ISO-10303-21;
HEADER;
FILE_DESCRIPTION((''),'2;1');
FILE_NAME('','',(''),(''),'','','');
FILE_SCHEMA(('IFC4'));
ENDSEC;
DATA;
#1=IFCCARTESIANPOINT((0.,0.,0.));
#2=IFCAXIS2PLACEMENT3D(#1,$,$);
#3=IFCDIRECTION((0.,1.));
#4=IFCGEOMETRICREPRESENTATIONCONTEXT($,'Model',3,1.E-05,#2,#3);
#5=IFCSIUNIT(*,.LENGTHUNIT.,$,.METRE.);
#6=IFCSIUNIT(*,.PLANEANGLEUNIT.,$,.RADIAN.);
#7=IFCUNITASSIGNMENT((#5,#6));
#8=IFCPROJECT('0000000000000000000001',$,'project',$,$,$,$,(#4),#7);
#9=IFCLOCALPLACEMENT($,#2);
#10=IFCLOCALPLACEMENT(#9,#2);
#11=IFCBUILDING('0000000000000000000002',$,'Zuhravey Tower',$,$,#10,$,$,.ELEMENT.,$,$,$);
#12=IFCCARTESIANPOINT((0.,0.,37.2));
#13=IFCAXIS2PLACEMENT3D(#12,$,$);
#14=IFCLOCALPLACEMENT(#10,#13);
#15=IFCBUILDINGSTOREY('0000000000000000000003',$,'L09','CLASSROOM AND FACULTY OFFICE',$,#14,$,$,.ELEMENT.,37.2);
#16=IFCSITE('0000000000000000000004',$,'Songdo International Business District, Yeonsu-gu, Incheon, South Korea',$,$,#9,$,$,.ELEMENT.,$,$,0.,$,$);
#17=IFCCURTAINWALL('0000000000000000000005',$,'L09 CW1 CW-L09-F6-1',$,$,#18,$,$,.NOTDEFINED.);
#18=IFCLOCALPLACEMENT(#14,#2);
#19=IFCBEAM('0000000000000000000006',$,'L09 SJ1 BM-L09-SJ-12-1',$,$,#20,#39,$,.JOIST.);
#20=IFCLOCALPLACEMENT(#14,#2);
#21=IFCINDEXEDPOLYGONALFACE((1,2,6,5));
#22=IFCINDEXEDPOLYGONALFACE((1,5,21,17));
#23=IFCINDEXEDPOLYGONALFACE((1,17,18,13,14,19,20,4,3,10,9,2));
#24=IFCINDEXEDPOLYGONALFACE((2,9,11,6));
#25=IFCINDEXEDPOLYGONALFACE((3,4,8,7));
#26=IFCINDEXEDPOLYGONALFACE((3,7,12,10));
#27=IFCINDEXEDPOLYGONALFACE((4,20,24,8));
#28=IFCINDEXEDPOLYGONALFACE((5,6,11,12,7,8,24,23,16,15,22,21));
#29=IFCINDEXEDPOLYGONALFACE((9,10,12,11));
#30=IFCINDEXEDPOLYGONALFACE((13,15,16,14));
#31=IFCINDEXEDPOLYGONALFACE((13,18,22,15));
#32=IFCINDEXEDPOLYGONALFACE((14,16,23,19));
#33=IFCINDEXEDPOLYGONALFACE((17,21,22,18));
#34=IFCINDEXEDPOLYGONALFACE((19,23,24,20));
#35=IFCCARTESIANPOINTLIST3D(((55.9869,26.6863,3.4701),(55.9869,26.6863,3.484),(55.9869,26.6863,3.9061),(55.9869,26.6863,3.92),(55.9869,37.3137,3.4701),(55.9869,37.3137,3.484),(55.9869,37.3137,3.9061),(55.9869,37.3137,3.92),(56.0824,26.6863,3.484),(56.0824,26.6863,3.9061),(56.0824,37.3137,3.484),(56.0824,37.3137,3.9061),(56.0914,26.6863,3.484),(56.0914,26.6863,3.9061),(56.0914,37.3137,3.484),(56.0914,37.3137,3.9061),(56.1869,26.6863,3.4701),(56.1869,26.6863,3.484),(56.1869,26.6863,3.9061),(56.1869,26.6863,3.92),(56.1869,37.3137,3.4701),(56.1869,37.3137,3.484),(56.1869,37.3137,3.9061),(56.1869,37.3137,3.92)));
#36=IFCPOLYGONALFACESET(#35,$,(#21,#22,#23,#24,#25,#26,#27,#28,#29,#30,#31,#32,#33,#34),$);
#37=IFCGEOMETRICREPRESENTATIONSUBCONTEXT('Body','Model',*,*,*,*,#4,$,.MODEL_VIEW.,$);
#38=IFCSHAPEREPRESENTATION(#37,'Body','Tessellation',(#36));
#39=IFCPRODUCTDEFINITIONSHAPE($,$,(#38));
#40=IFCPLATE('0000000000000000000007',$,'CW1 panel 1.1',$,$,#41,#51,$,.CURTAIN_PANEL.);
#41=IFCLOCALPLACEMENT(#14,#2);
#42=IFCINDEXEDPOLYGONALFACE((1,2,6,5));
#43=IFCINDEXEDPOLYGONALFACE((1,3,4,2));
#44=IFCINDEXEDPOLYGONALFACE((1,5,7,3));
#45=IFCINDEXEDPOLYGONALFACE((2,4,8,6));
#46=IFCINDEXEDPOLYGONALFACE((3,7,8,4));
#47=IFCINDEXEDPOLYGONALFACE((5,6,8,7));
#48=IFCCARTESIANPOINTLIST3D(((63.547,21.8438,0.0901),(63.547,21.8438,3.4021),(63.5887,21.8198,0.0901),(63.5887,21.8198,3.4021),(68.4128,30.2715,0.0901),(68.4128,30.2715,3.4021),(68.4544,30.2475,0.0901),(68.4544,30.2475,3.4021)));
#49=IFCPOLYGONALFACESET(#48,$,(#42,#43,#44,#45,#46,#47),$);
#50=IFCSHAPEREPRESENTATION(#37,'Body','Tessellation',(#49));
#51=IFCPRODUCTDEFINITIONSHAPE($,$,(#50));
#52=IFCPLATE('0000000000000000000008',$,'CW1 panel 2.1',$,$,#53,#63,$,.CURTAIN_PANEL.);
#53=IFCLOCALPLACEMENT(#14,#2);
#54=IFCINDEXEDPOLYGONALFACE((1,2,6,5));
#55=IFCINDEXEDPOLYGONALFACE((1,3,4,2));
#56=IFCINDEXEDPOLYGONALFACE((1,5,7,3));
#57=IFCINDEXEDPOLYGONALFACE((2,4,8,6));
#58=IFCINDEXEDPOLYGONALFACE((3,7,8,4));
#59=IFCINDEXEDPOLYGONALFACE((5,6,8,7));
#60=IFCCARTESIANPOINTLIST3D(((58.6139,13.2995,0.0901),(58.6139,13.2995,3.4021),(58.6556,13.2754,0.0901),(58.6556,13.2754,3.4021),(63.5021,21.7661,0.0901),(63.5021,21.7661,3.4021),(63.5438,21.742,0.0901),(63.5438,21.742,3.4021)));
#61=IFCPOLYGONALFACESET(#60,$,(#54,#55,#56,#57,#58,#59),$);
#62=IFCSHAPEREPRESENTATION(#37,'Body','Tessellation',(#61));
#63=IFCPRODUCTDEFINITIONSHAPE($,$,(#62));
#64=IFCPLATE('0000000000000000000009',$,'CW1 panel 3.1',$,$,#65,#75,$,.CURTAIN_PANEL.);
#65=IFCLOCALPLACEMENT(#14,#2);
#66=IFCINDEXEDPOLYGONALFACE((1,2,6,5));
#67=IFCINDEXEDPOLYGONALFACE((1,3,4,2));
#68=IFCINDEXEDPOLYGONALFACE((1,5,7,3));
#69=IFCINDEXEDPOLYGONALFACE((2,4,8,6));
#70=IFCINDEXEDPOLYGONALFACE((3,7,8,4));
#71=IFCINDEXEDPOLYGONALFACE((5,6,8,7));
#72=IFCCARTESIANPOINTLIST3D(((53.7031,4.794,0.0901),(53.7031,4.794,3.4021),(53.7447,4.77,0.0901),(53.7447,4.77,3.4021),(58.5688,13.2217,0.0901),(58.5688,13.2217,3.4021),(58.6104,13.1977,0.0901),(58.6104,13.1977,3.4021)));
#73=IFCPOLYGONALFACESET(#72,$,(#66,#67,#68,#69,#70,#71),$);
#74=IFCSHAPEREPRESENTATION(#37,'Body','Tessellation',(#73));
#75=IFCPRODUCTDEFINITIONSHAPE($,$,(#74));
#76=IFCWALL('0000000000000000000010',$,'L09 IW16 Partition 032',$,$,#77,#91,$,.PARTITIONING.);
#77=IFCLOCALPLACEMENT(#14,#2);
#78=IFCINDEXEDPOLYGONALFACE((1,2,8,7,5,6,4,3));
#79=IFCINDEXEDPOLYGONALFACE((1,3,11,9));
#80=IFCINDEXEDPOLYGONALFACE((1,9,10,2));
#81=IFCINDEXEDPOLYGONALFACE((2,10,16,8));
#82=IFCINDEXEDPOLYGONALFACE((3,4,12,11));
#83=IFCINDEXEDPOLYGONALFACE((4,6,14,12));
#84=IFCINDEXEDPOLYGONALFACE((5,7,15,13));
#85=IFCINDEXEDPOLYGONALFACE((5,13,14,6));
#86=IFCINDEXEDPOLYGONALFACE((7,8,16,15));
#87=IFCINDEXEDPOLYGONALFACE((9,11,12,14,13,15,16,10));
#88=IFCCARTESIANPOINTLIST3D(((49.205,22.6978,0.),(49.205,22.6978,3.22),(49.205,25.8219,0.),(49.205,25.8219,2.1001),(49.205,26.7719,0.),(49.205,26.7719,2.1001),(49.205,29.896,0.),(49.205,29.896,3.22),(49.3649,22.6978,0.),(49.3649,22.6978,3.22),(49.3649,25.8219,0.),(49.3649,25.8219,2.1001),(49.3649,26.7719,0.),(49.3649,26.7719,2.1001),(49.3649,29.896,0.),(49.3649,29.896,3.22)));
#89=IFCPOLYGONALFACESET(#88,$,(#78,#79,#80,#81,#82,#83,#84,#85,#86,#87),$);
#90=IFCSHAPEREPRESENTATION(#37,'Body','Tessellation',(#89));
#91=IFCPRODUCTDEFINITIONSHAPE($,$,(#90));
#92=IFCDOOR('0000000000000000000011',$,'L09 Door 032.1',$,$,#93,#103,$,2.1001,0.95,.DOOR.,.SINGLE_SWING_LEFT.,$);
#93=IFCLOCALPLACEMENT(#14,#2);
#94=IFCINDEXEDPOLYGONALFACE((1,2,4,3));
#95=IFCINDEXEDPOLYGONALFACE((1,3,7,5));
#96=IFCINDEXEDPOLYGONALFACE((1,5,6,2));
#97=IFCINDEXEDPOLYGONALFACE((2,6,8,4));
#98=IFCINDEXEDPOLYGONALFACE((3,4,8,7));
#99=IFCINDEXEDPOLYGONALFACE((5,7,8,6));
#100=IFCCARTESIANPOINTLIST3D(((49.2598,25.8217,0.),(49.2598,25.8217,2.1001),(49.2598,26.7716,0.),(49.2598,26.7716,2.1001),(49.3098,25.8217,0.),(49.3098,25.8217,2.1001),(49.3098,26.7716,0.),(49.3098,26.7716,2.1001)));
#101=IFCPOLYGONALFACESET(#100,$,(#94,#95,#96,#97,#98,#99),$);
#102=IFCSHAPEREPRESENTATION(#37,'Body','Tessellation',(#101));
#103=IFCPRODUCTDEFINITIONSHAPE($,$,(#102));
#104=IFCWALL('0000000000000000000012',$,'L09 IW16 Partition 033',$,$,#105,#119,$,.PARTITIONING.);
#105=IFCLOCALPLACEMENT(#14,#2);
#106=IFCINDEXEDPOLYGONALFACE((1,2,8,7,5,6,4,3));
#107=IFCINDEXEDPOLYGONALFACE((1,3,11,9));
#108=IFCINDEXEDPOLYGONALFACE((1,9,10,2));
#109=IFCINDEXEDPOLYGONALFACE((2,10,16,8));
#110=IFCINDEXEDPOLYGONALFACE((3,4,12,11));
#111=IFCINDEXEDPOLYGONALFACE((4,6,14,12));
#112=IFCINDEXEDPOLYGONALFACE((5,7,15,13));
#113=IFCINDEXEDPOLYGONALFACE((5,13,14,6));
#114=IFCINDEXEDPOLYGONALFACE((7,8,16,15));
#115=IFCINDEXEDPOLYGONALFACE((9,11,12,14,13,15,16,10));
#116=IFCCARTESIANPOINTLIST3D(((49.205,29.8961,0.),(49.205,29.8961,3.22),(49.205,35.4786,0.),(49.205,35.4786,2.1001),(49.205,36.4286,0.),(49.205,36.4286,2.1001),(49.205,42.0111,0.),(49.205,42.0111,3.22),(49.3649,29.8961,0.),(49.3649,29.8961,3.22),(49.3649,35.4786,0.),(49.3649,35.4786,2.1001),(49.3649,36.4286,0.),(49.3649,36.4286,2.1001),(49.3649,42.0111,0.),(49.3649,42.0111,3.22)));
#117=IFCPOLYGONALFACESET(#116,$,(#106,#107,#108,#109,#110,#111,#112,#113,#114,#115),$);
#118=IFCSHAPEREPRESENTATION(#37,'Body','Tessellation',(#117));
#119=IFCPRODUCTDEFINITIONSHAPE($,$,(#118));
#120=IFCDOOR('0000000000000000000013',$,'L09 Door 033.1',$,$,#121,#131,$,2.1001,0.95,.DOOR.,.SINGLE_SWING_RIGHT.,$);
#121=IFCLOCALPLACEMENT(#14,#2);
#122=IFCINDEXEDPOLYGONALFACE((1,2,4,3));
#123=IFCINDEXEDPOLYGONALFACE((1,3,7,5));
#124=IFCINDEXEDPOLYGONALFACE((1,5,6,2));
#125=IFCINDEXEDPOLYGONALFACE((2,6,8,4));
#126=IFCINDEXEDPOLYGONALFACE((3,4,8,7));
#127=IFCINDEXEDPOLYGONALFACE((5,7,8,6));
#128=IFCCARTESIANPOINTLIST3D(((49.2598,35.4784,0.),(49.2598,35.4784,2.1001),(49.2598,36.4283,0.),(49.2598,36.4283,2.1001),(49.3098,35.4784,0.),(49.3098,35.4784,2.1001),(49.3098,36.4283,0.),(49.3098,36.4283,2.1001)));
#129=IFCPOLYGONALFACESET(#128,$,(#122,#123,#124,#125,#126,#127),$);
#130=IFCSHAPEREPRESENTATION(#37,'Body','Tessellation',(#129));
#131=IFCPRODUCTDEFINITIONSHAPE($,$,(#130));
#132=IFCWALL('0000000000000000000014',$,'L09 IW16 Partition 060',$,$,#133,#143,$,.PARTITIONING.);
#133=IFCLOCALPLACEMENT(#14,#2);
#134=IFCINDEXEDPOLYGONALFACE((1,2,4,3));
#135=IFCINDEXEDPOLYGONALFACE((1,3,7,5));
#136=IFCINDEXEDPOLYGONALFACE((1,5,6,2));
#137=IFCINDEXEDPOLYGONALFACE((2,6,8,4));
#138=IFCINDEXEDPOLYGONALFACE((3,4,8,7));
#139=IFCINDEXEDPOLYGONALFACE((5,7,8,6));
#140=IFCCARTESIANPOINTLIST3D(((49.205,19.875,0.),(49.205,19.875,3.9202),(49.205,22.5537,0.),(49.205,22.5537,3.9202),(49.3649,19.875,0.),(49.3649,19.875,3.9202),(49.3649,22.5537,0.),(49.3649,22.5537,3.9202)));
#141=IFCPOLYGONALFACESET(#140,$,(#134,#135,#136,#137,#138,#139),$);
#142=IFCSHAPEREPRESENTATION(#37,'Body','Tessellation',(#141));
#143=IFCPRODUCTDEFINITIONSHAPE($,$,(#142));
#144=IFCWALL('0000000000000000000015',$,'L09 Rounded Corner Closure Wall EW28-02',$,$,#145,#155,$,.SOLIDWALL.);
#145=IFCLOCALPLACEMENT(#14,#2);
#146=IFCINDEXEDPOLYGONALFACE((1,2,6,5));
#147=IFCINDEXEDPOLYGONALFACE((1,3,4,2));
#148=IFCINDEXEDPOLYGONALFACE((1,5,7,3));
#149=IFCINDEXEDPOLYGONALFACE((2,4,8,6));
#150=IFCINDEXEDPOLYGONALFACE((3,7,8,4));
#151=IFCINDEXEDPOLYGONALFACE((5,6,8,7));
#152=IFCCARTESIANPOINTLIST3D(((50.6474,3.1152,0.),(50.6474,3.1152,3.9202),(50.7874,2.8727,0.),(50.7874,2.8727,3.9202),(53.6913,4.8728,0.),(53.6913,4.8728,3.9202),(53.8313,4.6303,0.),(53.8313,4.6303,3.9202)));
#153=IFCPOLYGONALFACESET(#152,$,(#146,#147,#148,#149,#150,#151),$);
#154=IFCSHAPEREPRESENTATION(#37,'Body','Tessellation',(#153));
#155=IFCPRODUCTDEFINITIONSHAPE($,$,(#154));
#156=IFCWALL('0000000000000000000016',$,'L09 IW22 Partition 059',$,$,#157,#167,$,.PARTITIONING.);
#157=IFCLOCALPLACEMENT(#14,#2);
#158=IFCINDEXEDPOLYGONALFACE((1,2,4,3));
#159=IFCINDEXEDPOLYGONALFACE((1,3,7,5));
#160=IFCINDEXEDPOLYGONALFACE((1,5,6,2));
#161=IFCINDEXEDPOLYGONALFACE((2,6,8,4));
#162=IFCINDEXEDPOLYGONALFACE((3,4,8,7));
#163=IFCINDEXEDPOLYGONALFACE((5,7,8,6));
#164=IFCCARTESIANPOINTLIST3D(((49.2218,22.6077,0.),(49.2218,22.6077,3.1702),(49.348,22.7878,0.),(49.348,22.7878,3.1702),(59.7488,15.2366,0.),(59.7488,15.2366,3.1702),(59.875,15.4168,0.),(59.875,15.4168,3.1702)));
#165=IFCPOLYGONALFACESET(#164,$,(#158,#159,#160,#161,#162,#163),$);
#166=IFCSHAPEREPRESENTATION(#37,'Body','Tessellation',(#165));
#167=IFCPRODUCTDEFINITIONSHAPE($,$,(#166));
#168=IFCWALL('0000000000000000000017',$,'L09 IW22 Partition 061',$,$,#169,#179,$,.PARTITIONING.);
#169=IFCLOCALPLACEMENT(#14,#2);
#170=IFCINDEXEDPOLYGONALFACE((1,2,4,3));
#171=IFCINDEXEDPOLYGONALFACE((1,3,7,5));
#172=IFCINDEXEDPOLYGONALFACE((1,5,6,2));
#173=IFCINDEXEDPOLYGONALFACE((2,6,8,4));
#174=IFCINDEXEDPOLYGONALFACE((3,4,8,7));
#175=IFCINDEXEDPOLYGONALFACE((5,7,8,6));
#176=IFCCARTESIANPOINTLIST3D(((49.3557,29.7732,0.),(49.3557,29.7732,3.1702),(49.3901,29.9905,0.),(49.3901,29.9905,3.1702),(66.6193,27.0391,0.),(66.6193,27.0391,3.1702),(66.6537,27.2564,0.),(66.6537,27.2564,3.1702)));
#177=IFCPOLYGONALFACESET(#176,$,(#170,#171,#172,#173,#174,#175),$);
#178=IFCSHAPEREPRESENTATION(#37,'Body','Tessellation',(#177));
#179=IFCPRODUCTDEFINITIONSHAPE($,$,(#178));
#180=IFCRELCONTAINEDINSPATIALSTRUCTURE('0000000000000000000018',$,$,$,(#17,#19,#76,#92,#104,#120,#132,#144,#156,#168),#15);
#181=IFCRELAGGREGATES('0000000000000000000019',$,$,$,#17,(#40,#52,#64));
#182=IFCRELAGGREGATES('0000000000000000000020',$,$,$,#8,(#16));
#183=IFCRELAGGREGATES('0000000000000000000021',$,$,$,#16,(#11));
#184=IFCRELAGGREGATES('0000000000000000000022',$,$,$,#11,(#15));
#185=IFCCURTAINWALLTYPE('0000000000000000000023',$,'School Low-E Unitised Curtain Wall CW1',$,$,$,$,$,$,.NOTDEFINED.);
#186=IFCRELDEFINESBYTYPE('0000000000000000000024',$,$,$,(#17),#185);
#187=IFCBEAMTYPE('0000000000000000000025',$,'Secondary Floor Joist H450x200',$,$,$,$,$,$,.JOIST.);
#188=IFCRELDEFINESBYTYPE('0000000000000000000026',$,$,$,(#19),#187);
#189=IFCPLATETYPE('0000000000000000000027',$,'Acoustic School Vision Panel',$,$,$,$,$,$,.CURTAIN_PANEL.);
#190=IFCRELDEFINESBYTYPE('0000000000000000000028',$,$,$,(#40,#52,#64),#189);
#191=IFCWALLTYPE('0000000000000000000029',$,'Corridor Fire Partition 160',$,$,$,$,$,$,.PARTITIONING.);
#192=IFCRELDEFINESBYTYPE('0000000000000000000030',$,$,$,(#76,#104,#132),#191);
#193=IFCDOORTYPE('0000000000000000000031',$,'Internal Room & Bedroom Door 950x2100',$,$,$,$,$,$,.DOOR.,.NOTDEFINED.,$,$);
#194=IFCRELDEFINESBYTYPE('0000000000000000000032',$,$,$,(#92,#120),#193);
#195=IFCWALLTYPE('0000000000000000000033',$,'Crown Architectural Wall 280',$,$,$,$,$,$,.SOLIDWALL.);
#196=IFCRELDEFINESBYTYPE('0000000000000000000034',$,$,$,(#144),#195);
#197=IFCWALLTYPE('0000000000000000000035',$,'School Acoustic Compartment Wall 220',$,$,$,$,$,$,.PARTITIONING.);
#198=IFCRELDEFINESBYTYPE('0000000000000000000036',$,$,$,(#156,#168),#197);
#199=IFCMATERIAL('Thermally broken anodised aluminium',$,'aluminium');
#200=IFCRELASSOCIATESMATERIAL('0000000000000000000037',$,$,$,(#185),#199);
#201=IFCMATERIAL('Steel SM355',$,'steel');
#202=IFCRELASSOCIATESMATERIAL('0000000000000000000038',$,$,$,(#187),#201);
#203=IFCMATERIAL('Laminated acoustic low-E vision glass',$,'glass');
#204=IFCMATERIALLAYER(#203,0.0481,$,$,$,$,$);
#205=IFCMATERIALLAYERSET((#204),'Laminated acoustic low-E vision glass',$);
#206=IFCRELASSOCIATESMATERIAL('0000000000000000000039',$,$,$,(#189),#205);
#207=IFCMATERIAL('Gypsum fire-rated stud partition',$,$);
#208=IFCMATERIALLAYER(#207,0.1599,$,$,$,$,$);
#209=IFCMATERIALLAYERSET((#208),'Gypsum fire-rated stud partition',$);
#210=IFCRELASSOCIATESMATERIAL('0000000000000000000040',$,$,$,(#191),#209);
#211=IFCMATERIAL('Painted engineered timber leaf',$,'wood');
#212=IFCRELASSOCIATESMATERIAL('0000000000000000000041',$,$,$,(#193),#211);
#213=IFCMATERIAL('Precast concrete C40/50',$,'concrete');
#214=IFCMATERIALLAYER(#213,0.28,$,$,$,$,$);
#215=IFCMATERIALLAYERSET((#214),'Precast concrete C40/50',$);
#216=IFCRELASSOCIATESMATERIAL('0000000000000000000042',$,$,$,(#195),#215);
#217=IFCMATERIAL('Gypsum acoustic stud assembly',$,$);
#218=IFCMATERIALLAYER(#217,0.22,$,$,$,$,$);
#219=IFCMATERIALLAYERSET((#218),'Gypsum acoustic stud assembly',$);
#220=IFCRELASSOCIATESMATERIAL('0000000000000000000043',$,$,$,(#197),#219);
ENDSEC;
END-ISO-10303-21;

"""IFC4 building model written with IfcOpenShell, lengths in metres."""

from ifc_helpers import new_model, si_unit, direction, frame, frame_2d, origin, origin_2d, place, context, subcontext, project, spatial, rectangle, i_section, extrude, material, layer, layer_set, material_profile, profile_set, type_object, element, fill, aggregate, save


model = new_model("IFC4")

# Units and contexts
model_context = context("Model", 3, precision=1e-05, world=origin(), true_north=direction((0.0, 1.0)))
body_context = subcontext(model_context, "Body", "Model", "MODEL_VIEW")
ifc_project = project(units=[si_unit("LENGTHUNIT", "METRE"), si_unit("PLANEANGLEUNIT", "RADIAN")], contexts=[model_context])

# Site, building, storey
site_placement = place(None, origin())
site = spatial("IfcSite", under=ifc_project, at=site_placement, Name="Songdo International Business District, Yeonsu-gu, Incheon, South Korea", CompositionType="ELEMENT", RefElevation=0.0)
building_placement = place(site_placement, origin())
building = spatial("IfcBuilding", under=site, at=building_placement, Name="Zuhravey Tower", CompositionType="ELEMENT")
storey_placement = place(building_placement, frame((0.0, 0.0, 37.2)))
storey = spatial("IfcBuildingStorey", under=building, at=storey_placement, Name="L09", Description="CLASSROOM AND FACULTY OFFICE", CompositionType="ELEMENT", Elevation=37.2)

# Curtain wall
ifc_material_1 = material(Name="Thermally broken anodised aluminium", Category="aluminium")
curtain_wall_type = type_object("IfcCurtainWallType", Name="School Low-E Unitised Curtain Wall CW1", PredefinedType="NOTDEFINED", material=ifc_material_1)
curtain_wall_1_placement = place(storey_placement, origin())
curtain_wall_1 = element("IfcCurtainWall", 1, at=curtain_wall_1_placement, inside=storey, type_object=curtain_wall_type, Name="L09 CW1 CW-L09-F6-1", PredefinedType="NOTDEFINED")

# Beam
ifc_material_2 = material(Name="Steel SM355", Category="steel")
ifc_material_profile_1 = material_profile(ifc_material_2, i_section(OverallWidth=0.2, OverallDepth=0.45, WebThickness=0.009, FlangeThickness=0.0139, at=origin_2d()), Name="H-450x200x9x14")
ifc_profile_set_1 = profile_set([ifc_material_profile_1], Name="Steel SM355")
beam_type_1 = type_object("IfcBeamType", Name="Secondary Floor Joist H450x200", PredefinedType="JOIST", material=ifc_profile_set_1)
beam_1_placement = place(storey_placement, frame((56.0869, 26.6863, 3.6951), z_axis=(0.0, 1.0, 0.0), x_axis=(-1.0, 0.0, 0.0)))
element("IfcBeam", 2, at=beam_1_placement, inside=storey, type_object=beam_type_1, Name="L09 SJ1 BM-L09-SJ-12-1", PredefinedType="JOIST", context=body_context, shape_type="SweptSolid", body=[
    extrude(i_section(OverallWidth=0.2, OverallDepth=0.45, WebThickness=0.009, FlangeThickness=0.0139, at=origin_2d()), origin(), (0.0, 0.0, 1.0), 10.6274),
])

# Plates
ifc_material_3 = material(Name="Laminated acoustic low-E vision glass", Category="glass")
ifc_layer_1 = layer(ifc_material_3, 0.0481)
ifc_layer_set_1 = layer_set([ifc_layer_1], Name="Laminated acoustic low-E vision glass")
plate_type = type_object("IfcPlateType", Name="Acoustic School Vision Panel", PredefinedType="CURTAIN_PANEL", material=ifc_layer_set_1)
plate_1_placement = place(storey_placement, frame((66.0007, 26.0457, 0.0901), z_axis=(0.0, 0.0, 1.0), x_axis=(-0.5, -0.866026, 0.0)))
plate_1 = element("IfcPlate", 3, at=plate_1_placement, type_object=plate_type, Name="CW1 panel 1.1", PredefinedType="CURTAIN_PANEL", context=body_context, shape_type="SweptSolid", body=[
    extrude(rectangle(XDim=9.7314, YDim=0.0481, at=origin_2d()), origin(), (0.0, 0.0, 1.0), 3.312),
])
plate_2_placement = place(storey_placement, frame((61.0789, 17.5208, 0.0901), z_axis=(0.0, 0.0, 1.0), x_axis=(-0.5, -0.866026, 0.0)))
plate_2 = element("IfcPlate", 4, at=plate_2_placement, type_object=plate_type, Name="CW1 panel 2.1", PredefinedType="CURTAIN_PANEL", context=body_context, shape_type="SweptSolid", body=[
    extrude(rectangle(XDim=9.7764, YDim=0.0481, at=origin_2d()), origin(), (0.0, 0.0, 1.0), 3.312),
])
plate_3_placement = place(storey_placement, frame((56.1567, 8.9958, 0.0901), z_axis=(0.0, 0.0, 1.0), x_axis=(-0.5, -0.866026, 0.0)))
plate_3 = element("IfcPlate", 5, at=plate_3_placement, type_object=plate_type, Name="CW1 panel 3.1", PredefinedType="CURTAIN_PANEL", context=body_context, shape_type="SweptSolid", body=[
    extrude(rectangle(XDim=9.7314, YDim=0.0481, at=origin_2d()), origin(), (0.0, 0.0, 1.0), 3.312),
])
aggregate(curtain_wall_1, [plate_1, plate_2, plate_3])

# Walls, openings, doors
ifc_material_4 = material(Name="Gypsum fire-rated stud partition")
ifc_layer_2 = layer(ifc_material_4, 0.1599)
ifc_layer_set_2 = layer_set([ifc_layer_2], Name="Gypsum fire-rated stud partition")
wall_type_1 = type_object("IfcWallType", Name="Corridor Fire Partition 160", PredefinedType="PARTITIONING", material=ifc_layer_set_2)
wall_1_placement = place(storey_placement, frame((49.2849, 22.6978, 0.0), z_axis=(0.0, 0.0, 1.0), x_axis=(0.0, 1.0, 0.0)))
wall_1 = element("IfcWall", 6, at=wall_1_placement, inside=storey, type_object=wall_type_1, Name="L09 IW16 Partition 032", PredefinedType="PARTITIONING", context=body_context, shape_type="SweptSolid", body=[
    extrude(rectangle(XDim=7.1982, YDim=0.1599, at=frame_2d((3.5991, 0.0))), origin(), (0.0, 0.0, 1.0), 3.22),
])
opening_1_placement = place(wall_1_placement, frame((3.124, 0.0, 0.0)))
opening_1 = element("IfcOpeningElement", 7, at=opening_1_placement, cuts=wall_1, PredefinedType="OPENING", context=body_context, shape_type="SweptSolid", body=[
    extrude(rectangle(XDim=0.95, YDim=2.1001, at=frame_2d((0.4751, 1.05))), frame((0.0, 0.092, 0.0), z_axis=(0.0, -1.0, 0.0), x_axis=(1.0, 0.0, 0.0)), (0.0, 0.0, 1.0), 0.1838),
])
ifc_material_5 = material(Name="Painted engineered timber leaf", Category="wood")
door_type = type_object("IfcDoorType", Name="Internal Room & Bedroom Door 950x2100", OperationType="NOTDEFINED", PredefinedType="DOOR", material=ifc_material_5)
door_1_placement = place(opening_1_placement, frame((0.95, 0.0, 0.0), z_axis=(0.0, 0.0, 1.0), x_axis=(-1.0, 0.0, 0.0)))
door_1 = element("IfcDoor", 8, at=door_1_placement, inside=storey, type_object=door_type, Name="L09 Door 032.1", OperationType="SINGLE_SWING_LEFT", OverallHeight=2.1001, OverallWidth=0.95, PredefinedType="DOOR", context=body_context, shape_type="SweptSolid", body=[
    extrude(rectangle(XDim=0.95, YDim=2.1001, at=frame_2d((0.4751, 1.05))), frame((0.0, 0.0249, 0.0), z_axis=(0.0, -1.0, 0.0), x_axis=(1.0, 0.0, 0.0)), (0.0, 0.0, 1.0), 0.05),
])
fill(opening_1, door_1)
wall_2_placement = place(storey_placement, frame((49.2849, 29.896, 0.0), z_axis=(0.0, 0.0, 1.0), x_axis=(0.0, 1.0, 0.0)))
wall_2 = element("IfcWall", 9, at=wall_2_placement, inside=storey, type_object=wall_type_1, Name="L09 IW16 Partition 033", PredefinedType="PARTITIONING", context=body_context, shape_type="SweptSolid", body=[
    extrude(rectangle(XDim=12.115, YDim=0.1599, at=frame_2d((6.0576, 0.0))), origin(), (0.0, 0.0, 1.0), 3.22),
])
opening_2_placement = place(wall_2_placement, frame((5.5825, 0.0, 0.0)))
opening_2 = element("IfcOpeningElement", 10, at=opening_2_placement, cuts=wall_2, PredefinedType="OPENING", context=body_context, shape_type="SweptSolid", body=[
    extrude(rectangle(XDim=0.95, YDim=2.1001, at=frame_2d((0.4751, 1.05))), frame((0.0, 0.092, 0.0), z_axis=(0.0, -1.0, 0.0), x_axis=(1.0, 0.0, 0.0)), (0.0, 0.0, 1.0), 0.1838),
])
door_2_placement = place(opening_2_placement, frame((0.95, 0.0, 0.0), z_axis=(0.0, 0.0, 1.0), x_axis=(-1.0, 0.0, 0.0)))
door_2 = element("IfcDoor", 11, at=door_2_placement, inside=storey, type_object=door_type, Name="L09 Door 033.1", OperationType="SINGLE_SWING_RIGHT", OverallHeight=2.1001, OverallWidth=0.95, PredefinedType="DOOR", context=body_context, shape_type="SweptSolid", body=[
    extrude(rectangle(XDim=0.95, YDim=2.1001, at=frame_2d((0.4751, 1.05))), frame((0.0, 0.0249, 0.0), z_axis=(0.0, -1.0, 0.0), x_axis=(1.0, 0.0, 0.0)), (0.0, 0.0, 1.0), 0.05),
])
fill(opening_2, door_2)

# Walls
wall_3_placement = place(storey_placement, frame((49.2849, 19.875, 0.0), z_axis=(0.0, 0.0, 1.0), x_axis=(0.0, 1.0, 0.0)))
element("IfcWall", 12, at=wall_3_placement, inside=storey, type_object=wall_type_1, Name="L09 IW16 Partition 060", PredefinedType="PARTITIONING", context=body_context, shape_type="SweptSolid", body=[
    extrude(rectangle(XDim=2.6787, YDim=0.1599, at=frame_2d((1.3394, 0.0))), origin(), (0.0, 0.0, 1.0), 3.9202),
])
ifc_material_6 = material(Name="Precast concrete C40/50", Category="concrete")
ifc_layer_3 = layer(ifc_material_6, 0.28)
ifc_layer_set_3 = layer_set([ifc_layer_3], Name="Precast concrete C40/50")
wall_type_2 = type_object("IfcWallType", Name="Crown Architectural Wall 280", PredefinedType="SOLIDWALL", material=ifc_layer_set_3)
wall_4_placement = place(storey_placement, frame((53.7612, 4.7515, 0.0), z_axis=(0.0, 0.0, 1.0), x_axis=(-0.866007, -0.500031, 0.0)))
element("IfcWall", 13, at=wall_4_placement, inside=storey, type_object=wall_type_2, Name="L09 Rounded Corner Closure Wall EW28-02", PredefinedType="SOLIDWALL", context=body_context, shape_type="SweptSolid", body=[
    extrude(rectangle(XDim=3.5149, YDim=0.28, at=frame_2d((1.7573, 0.0))), origin(), (0.0, 0.0, 1.0), 3.9202),
])
ifc_material_7 = material(Name="Gypsum acoustic stud assembly")
ifc_layer_4 = layer(ifc_material_7, 0.22)
ifc_layer_set_4 = layer_set([ifc_layer_4], Name="Gypsum acoustic stud assembly")
wall_type_3 = type_object("IfcWallType", Name="School Acoustic Compartment Wall 220", PredefinedType="PARTITIONING", material=ifc_layer_set_4)
wall_5_placement = place(storey_placement, frame((49.2849, 22.6978, 0.0), z_axis=(0.0, 0.0, 1.0), x_axis=(0.819154, -0.573573, 0.0)))
element("IfcWall", 14, at=wall_5_placement, inside=storey, type_object=wall_type_3, Name="L09 IW22 Partition 059", PredefinedType="PARTITIONING", context=body_context, shape_type="SweptSolid", body=[
    extrude(rectangle(XDim=12.8511, YDim=0.22, at=frame_2d((6.4255, 0.0))), origin(), (0.0, 0.0, 1.0), 3.1702),
])
wall_6_placement = place(storey_placement, frame((49.373, 29.8818, 0.0), z_axis=(0.0, 0.0, 1.0), x_axis=(0.98769, -0.156425, 0.0)))
element("IfcWall", 15, at=wall_6_placement, inside=storey, type_object=wall_type_3, Name="L09 IW22 Partition 061", PredefinedType="PARTITIONING", context=body_context, shape_type="SweptSolid", body=[
    extrude(rectangle(XDim=17.4788, YDim=0.22, at=frame_2d((8.7393, 0.0))), origin(), (0.0, 0.0, 1.0), 3.1702),
])

save(model, "model.ifc")
